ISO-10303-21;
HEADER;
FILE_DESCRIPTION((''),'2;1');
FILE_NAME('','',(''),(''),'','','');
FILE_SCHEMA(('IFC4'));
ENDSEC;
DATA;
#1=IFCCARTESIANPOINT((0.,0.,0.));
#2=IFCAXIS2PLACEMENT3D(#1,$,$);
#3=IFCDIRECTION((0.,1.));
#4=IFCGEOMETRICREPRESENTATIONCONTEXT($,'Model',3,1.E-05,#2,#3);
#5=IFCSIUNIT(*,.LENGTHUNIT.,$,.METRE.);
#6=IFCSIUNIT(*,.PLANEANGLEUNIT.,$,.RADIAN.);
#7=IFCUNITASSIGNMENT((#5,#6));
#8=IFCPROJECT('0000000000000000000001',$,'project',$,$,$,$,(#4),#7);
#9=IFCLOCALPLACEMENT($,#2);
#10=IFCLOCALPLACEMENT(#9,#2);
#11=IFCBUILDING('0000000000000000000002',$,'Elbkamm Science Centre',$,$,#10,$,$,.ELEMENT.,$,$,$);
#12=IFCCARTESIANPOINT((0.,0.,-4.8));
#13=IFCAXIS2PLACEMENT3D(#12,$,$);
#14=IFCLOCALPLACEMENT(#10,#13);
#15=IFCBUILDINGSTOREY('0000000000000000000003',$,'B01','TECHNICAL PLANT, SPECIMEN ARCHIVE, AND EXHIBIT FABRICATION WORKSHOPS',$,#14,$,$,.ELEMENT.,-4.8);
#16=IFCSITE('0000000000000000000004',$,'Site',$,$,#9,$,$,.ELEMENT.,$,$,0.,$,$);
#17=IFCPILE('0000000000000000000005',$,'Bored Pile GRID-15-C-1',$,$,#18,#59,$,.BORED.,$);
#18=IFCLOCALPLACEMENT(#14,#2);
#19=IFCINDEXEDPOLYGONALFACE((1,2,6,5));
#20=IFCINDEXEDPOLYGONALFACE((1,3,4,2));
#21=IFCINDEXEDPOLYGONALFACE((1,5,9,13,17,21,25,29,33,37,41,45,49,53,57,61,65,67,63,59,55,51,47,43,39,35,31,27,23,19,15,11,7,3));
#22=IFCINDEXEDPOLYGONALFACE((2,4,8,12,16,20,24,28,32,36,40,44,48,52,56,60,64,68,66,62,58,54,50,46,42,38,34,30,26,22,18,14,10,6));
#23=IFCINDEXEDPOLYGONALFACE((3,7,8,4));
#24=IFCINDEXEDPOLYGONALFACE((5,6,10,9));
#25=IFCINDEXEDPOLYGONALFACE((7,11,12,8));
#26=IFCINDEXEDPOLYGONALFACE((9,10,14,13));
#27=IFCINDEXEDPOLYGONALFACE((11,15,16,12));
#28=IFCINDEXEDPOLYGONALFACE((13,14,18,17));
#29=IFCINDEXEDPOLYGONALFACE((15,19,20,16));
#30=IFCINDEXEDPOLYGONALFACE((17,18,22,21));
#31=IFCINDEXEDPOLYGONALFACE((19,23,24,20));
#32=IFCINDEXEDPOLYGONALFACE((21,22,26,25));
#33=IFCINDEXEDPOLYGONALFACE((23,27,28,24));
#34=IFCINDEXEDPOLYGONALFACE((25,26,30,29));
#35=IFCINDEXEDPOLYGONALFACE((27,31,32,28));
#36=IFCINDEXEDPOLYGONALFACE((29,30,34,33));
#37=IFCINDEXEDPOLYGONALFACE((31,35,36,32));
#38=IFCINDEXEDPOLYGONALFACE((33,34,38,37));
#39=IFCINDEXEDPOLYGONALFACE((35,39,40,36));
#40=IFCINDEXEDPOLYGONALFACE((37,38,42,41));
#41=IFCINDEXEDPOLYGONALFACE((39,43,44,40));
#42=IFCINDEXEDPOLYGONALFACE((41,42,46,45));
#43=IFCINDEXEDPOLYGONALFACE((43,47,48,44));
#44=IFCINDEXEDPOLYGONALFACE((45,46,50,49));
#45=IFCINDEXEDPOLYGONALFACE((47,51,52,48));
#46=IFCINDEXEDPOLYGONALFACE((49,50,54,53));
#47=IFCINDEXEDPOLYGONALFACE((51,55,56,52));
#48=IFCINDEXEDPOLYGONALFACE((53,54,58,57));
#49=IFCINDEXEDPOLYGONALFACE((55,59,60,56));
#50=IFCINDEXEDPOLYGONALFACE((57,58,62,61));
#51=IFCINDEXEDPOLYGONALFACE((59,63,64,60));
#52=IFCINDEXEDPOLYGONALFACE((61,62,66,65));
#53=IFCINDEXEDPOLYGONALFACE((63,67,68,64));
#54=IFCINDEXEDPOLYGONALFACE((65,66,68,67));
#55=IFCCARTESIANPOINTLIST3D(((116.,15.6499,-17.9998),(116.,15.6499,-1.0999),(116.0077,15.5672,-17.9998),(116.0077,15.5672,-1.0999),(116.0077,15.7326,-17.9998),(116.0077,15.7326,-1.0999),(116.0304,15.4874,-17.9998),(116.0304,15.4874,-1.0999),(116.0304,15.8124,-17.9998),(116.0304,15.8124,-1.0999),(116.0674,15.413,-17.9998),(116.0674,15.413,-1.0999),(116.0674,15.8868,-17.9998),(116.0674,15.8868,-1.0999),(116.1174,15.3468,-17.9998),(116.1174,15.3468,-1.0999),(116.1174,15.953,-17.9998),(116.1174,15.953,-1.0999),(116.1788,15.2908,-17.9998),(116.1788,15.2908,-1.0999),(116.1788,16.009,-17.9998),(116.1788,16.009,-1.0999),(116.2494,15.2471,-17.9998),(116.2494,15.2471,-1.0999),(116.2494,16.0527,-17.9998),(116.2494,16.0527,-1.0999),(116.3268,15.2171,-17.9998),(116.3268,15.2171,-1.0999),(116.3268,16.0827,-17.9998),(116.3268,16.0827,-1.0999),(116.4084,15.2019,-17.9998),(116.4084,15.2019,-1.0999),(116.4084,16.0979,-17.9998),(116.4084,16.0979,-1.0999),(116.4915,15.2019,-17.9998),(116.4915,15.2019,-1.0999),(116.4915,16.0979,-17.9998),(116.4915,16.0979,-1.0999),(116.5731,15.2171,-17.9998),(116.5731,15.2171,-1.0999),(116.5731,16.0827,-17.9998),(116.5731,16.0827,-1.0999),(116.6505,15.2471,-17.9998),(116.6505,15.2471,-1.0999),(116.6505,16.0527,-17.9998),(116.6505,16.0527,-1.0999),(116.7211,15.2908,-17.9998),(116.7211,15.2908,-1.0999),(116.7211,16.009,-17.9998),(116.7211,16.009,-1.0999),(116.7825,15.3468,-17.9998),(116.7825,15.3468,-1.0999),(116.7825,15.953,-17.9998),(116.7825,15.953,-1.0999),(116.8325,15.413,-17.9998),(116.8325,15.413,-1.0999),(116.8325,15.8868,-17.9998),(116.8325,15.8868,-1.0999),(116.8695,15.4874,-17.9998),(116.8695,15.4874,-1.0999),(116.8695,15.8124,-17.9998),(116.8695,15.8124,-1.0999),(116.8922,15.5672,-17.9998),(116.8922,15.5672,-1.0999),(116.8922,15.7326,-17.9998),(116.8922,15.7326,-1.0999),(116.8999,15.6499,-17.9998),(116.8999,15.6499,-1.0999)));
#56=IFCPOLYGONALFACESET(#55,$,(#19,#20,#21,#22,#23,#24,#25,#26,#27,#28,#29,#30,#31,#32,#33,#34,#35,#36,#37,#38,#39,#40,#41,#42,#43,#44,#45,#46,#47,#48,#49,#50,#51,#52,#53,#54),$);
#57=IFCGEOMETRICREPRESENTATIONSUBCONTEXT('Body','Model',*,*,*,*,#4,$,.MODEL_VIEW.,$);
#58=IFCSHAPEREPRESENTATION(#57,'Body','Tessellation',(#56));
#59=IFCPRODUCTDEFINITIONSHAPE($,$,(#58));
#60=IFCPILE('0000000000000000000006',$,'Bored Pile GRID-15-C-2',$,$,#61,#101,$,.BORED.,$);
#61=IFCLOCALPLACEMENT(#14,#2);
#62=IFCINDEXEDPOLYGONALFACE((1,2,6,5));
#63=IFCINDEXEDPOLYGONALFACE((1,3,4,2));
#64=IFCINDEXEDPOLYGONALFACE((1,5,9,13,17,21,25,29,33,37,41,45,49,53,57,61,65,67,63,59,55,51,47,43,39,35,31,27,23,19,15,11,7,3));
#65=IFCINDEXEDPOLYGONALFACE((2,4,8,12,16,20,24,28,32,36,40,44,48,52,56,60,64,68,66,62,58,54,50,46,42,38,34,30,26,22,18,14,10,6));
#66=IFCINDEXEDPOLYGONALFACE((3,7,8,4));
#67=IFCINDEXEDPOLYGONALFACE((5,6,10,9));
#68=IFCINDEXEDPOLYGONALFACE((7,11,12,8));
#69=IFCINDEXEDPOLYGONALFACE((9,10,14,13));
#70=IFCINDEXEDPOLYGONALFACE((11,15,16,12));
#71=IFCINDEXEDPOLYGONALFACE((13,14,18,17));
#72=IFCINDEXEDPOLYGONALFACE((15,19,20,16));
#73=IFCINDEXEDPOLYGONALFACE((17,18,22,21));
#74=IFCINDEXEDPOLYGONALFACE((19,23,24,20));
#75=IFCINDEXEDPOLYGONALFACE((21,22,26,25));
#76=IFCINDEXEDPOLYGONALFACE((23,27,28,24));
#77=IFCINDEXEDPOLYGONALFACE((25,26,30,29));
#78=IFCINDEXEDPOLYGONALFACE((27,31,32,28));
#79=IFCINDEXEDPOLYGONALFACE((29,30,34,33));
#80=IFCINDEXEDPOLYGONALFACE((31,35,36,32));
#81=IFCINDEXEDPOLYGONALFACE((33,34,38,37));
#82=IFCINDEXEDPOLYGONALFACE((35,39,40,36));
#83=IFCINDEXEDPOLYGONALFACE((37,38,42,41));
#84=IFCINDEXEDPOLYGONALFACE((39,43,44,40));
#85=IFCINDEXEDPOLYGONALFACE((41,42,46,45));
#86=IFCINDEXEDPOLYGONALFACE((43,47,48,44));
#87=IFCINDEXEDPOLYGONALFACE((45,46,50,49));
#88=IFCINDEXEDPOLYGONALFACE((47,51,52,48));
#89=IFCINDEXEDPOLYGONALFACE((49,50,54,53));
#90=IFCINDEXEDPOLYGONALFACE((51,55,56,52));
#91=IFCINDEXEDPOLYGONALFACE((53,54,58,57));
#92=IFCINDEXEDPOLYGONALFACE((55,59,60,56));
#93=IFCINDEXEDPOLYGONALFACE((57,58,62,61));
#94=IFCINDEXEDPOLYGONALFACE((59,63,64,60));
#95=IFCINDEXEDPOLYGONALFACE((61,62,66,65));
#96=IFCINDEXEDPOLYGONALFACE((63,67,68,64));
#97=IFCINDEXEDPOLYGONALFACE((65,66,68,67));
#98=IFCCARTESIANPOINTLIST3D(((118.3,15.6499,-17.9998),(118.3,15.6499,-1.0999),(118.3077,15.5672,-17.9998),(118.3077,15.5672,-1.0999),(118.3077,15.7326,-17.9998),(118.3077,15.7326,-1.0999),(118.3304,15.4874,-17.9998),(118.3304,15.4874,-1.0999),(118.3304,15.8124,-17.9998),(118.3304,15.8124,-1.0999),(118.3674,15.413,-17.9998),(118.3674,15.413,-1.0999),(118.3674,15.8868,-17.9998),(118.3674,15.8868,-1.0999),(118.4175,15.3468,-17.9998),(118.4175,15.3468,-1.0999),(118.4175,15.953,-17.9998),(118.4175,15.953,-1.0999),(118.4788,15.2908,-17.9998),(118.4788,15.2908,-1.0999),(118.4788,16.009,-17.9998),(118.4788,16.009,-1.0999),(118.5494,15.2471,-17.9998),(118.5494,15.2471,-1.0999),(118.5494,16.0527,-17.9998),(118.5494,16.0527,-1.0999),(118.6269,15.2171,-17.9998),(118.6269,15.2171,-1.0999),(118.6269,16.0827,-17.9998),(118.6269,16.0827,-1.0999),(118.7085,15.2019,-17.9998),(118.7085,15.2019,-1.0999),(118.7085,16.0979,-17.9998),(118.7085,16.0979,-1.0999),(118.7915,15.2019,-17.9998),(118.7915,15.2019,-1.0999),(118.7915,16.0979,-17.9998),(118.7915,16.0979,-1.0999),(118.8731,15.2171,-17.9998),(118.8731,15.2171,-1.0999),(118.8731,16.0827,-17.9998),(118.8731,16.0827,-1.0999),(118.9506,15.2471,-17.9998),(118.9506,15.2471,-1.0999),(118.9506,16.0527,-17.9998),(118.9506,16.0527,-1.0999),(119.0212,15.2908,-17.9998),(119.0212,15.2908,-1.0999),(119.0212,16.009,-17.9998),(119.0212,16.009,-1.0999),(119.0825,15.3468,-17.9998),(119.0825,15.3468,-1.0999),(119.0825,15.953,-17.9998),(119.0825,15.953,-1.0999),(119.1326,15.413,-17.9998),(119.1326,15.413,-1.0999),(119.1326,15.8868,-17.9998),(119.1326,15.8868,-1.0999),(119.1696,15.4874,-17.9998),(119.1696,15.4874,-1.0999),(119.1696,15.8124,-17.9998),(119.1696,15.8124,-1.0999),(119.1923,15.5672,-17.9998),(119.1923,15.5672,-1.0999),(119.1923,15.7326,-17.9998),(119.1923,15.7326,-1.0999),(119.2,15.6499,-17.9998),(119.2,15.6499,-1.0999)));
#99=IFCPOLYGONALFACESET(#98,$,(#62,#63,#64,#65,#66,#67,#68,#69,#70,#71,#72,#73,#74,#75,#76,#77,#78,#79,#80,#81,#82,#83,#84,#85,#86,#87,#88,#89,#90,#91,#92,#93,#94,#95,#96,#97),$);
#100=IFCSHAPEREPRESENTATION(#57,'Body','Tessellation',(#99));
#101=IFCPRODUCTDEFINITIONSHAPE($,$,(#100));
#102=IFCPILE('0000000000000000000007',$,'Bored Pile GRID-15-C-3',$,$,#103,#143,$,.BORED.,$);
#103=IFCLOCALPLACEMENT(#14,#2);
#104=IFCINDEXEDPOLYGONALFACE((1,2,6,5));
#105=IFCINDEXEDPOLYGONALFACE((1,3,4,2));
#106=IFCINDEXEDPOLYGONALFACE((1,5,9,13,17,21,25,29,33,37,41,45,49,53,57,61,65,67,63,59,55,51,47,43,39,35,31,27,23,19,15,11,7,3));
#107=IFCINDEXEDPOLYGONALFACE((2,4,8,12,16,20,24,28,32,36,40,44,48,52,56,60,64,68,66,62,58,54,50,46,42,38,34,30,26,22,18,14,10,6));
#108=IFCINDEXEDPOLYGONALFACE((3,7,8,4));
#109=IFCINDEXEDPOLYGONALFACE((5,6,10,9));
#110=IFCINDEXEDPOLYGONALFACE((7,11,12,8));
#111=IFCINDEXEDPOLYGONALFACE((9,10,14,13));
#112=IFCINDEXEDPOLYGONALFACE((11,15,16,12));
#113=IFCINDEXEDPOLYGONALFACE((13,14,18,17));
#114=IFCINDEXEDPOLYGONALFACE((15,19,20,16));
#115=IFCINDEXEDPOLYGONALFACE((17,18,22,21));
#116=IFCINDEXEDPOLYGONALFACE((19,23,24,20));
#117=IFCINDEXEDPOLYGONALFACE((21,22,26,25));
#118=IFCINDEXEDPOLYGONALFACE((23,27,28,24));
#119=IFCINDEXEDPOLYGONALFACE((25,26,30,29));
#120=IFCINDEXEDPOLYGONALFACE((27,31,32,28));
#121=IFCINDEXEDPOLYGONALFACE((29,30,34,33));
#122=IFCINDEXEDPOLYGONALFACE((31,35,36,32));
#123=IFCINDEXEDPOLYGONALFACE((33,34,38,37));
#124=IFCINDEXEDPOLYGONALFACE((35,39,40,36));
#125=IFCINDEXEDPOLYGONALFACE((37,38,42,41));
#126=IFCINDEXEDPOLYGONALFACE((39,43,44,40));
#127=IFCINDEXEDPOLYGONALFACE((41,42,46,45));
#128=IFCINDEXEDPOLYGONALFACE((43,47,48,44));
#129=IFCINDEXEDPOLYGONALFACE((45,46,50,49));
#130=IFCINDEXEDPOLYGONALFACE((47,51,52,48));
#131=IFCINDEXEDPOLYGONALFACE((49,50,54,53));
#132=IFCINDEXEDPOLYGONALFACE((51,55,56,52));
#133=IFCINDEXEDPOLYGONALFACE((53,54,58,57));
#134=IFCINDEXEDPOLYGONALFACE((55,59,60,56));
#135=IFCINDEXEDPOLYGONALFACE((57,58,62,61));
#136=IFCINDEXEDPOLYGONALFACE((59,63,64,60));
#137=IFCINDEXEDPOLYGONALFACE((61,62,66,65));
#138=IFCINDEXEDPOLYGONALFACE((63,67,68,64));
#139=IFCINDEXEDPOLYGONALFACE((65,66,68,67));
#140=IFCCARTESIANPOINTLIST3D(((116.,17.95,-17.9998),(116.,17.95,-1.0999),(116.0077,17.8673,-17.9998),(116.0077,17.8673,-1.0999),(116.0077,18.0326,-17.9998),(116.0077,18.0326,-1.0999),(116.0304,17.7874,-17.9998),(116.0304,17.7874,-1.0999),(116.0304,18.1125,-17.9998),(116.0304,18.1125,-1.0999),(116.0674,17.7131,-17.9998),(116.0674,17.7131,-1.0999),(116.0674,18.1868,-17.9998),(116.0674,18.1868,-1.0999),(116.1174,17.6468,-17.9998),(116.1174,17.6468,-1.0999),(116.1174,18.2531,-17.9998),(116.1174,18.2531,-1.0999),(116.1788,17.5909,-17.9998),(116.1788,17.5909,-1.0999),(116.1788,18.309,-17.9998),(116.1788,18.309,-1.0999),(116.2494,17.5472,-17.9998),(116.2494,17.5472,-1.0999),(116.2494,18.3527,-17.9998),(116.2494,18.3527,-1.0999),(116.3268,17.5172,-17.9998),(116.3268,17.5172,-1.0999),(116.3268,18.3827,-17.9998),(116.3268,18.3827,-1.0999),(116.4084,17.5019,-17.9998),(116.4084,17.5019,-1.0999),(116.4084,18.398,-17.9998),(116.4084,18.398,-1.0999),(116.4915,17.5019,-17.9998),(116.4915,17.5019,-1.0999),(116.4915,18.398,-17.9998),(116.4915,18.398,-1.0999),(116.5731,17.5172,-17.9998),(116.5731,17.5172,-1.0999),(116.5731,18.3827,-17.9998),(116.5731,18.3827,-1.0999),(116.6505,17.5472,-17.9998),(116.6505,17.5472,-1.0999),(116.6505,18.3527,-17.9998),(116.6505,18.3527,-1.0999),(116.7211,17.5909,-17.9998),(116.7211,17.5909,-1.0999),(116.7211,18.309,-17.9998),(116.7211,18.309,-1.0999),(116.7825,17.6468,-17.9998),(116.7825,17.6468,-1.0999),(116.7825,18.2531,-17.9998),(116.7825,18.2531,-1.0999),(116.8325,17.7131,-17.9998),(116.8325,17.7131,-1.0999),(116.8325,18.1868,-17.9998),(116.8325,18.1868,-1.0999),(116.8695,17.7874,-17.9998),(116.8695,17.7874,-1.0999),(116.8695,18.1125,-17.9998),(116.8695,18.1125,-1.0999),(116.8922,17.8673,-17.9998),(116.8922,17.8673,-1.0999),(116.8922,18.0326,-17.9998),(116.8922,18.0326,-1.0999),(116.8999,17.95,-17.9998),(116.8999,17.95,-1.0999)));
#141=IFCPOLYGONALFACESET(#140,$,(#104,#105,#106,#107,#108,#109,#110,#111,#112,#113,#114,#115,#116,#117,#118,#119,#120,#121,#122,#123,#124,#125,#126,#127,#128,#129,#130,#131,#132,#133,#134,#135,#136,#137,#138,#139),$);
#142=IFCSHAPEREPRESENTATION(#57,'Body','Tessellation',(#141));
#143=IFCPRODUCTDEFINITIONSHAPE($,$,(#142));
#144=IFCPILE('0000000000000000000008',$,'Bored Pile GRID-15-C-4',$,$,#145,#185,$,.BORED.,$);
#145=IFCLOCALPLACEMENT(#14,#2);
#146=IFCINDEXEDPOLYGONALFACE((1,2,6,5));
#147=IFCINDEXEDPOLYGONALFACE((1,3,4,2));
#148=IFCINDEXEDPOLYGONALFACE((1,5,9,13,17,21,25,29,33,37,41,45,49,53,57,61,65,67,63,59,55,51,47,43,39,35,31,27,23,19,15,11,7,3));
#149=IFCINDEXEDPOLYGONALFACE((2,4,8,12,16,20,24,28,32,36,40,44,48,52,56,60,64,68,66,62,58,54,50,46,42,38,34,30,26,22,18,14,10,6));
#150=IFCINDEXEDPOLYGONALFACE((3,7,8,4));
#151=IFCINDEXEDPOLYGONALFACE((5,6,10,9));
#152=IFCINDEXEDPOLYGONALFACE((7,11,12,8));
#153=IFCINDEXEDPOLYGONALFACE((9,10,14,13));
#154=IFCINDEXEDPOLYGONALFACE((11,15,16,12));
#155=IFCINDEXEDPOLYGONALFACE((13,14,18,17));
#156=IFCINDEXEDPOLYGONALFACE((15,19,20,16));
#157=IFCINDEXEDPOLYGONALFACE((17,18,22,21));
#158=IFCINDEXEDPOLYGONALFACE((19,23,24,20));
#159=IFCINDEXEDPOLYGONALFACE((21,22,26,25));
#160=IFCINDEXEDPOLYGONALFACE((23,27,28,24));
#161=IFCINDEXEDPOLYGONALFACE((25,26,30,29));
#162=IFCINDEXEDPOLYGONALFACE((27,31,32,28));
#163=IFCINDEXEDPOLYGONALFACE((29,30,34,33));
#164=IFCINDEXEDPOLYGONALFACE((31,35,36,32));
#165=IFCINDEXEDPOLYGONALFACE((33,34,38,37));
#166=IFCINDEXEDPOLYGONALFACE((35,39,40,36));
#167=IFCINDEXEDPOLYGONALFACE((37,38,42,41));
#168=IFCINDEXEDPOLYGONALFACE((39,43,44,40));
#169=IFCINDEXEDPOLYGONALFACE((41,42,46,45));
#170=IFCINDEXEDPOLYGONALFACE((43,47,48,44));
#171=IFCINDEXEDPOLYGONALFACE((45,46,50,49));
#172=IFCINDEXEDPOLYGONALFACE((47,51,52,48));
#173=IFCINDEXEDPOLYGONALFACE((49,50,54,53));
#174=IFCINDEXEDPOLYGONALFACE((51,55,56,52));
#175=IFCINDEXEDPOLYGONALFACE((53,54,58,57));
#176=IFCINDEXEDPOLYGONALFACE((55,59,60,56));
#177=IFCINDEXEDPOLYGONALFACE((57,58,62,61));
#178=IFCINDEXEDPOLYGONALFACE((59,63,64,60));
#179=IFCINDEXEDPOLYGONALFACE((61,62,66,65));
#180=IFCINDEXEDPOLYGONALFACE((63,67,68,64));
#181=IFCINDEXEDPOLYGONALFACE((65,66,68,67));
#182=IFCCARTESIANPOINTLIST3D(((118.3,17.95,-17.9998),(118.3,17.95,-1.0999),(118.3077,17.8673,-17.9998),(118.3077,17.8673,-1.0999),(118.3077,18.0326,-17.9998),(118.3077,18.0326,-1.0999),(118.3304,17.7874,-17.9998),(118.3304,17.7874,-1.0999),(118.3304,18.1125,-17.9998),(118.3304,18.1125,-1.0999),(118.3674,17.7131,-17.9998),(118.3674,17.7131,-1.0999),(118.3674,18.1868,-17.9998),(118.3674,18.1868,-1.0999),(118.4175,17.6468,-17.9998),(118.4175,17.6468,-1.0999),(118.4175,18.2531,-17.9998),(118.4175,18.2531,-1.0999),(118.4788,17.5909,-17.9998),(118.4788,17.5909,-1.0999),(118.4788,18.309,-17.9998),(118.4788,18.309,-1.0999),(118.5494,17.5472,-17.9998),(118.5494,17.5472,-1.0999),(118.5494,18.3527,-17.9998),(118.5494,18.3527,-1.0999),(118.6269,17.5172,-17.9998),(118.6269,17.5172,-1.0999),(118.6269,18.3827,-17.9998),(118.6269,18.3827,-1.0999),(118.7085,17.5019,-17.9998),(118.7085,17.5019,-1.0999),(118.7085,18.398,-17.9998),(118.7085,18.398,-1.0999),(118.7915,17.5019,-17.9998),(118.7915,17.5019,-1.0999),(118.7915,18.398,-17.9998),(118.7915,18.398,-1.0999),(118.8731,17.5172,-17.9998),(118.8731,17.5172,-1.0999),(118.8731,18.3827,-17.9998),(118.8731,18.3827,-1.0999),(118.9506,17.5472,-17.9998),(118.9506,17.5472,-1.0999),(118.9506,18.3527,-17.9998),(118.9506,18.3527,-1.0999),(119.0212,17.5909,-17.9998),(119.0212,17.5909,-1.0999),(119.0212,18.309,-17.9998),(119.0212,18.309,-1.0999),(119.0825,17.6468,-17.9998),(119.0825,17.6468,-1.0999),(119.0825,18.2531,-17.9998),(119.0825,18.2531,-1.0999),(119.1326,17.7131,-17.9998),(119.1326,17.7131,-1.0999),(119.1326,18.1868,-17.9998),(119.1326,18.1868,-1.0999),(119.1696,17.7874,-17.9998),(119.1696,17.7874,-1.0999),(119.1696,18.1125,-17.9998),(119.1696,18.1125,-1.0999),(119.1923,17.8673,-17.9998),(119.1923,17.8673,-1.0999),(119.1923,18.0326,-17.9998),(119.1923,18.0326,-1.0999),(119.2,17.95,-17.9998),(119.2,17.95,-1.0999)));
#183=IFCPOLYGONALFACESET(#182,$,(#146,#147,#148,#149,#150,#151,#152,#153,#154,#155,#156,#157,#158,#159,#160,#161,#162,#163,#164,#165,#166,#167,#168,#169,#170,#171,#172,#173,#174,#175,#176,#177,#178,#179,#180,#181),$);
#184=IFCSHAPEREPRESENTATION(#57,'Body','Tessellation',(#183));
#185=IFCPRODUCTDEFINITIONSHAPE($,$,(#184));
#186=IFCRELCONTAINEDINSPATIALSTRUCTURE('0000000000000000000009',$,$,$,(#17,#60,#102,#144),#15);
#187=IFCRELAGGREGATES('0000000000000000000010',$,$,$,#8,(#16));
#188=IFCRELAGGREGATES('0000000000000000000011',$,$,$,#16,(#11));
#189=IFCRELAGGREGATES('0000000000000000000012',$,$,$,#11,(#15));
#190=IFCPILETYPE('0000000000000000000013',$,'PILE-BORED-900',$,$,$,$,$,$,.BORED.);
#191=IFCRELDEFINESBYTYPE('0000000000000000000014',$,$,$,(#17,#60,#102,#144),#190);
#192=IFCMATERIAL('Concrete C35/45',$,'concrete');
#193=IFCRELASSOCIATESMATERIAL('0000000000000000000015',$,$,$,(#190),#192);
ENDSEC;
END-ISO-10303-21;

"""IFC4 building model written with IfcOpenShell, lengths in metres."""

from ifc_helpers import new_model, si_unit, direction, frame, origin, origin_2d, place, context, subcontext, project, spatial, circle, extrude, material, material_profile, profile_set, type_object, element, save


model = new_model("IFC4")

# Units and contexts
model_context = context("Model", 3, precision=1e-05, world=origin(), true_north=direction((0.0, 1.0)))
body_context = subcontext(model_context, "Body", "Model", "MODEL_VIEW")
ifc_project = project(units=[si_unit("LENGTHUNIT", "METRE"), si_unit("PLANEANGLEUNIT", "RADIAN")], contexts=[model_context])

# Site, building, storey
site_placement = place(None, origin())
site = spatial("IfcSite", under=ifc_project, at=site_placement, Name="Site", CompositionType="ELEMENT", RefElevation=0.0)
building_placement = place(site_placement, origin())
building = spatial("IfcBuilding", under=site, at=building_placement, Name="Elbkamm Science Centre", CompositionType="ELEMENT")
storey_placement = place(building_placement, frame((0.0, 0.0, -4.8)))
storey = spatial("IfcBuildingStorey", under=building, at=storey_placement, Name="B01", Description="TECHNICAL PLANT, SPECIMEN ARCHIVE, AND EXHIBIT FABRICATION WORKSHOPS", CompositionType="ELEMENT", Elevation=-4.8)

# Shared definitions
ifc_material_1 = material(Name="Concrete C35/45", Category="concrete")

# Piles
ifc_material_profile_1 = material_profile(ifc_material_1, circle(Radius=0.45, at=origin_2d()), Name="PILE D900")
ifc_profile_set_1 = profile_set([ifc_material_profile_1], Name="Concrete C35/45")
pile_type = type_object("IfcPileType", Name="PILE-BORED-900", PredefinedType="BORED", material=ifc_profile_set_1)
for number, where, z_axis, x_axis, name in (
    (1, (116.45, 15.6499, -1.0999), (0.0, 0.0, -1.0), (1.0, 0.0, 0.0), "Bored Pile GRID-15-C-1"),
    (2, (118.75, 15.6499, -1.0999), (0.0, 0.0, -1.0), (1.0, 0.0, 0.0), "Bored Pile GRID-15-C-2"),
    (3, (116.45, 17.95, -1.0999), (0.0, 0.0, -1.0), (1.0, 0.0, 0.0), "Bored Pile GRID-15-C-3"),
    (4, (118.75, 17.95, -1.0999), (0.0, 0.0, -1.0), (1.0, 0.0, 0.0), "Bored Pile GRID-15-C-4"),
):
    element("IfcPile", number, at=place(storey_placement, frame(where, z_axis=z_axis, x_axis=x_axis)), inside=storey, type_object=pile_type, Name=name, PredefinedType="BORED", context=body_context, shape_type="SweptSolid", body=[
        extrude(circle(Radius=0.45, at=origin_2d()), origin(), (0.0, 0.0, 1.0), 16.8999),
    ])

save(model, "model.ifc")
